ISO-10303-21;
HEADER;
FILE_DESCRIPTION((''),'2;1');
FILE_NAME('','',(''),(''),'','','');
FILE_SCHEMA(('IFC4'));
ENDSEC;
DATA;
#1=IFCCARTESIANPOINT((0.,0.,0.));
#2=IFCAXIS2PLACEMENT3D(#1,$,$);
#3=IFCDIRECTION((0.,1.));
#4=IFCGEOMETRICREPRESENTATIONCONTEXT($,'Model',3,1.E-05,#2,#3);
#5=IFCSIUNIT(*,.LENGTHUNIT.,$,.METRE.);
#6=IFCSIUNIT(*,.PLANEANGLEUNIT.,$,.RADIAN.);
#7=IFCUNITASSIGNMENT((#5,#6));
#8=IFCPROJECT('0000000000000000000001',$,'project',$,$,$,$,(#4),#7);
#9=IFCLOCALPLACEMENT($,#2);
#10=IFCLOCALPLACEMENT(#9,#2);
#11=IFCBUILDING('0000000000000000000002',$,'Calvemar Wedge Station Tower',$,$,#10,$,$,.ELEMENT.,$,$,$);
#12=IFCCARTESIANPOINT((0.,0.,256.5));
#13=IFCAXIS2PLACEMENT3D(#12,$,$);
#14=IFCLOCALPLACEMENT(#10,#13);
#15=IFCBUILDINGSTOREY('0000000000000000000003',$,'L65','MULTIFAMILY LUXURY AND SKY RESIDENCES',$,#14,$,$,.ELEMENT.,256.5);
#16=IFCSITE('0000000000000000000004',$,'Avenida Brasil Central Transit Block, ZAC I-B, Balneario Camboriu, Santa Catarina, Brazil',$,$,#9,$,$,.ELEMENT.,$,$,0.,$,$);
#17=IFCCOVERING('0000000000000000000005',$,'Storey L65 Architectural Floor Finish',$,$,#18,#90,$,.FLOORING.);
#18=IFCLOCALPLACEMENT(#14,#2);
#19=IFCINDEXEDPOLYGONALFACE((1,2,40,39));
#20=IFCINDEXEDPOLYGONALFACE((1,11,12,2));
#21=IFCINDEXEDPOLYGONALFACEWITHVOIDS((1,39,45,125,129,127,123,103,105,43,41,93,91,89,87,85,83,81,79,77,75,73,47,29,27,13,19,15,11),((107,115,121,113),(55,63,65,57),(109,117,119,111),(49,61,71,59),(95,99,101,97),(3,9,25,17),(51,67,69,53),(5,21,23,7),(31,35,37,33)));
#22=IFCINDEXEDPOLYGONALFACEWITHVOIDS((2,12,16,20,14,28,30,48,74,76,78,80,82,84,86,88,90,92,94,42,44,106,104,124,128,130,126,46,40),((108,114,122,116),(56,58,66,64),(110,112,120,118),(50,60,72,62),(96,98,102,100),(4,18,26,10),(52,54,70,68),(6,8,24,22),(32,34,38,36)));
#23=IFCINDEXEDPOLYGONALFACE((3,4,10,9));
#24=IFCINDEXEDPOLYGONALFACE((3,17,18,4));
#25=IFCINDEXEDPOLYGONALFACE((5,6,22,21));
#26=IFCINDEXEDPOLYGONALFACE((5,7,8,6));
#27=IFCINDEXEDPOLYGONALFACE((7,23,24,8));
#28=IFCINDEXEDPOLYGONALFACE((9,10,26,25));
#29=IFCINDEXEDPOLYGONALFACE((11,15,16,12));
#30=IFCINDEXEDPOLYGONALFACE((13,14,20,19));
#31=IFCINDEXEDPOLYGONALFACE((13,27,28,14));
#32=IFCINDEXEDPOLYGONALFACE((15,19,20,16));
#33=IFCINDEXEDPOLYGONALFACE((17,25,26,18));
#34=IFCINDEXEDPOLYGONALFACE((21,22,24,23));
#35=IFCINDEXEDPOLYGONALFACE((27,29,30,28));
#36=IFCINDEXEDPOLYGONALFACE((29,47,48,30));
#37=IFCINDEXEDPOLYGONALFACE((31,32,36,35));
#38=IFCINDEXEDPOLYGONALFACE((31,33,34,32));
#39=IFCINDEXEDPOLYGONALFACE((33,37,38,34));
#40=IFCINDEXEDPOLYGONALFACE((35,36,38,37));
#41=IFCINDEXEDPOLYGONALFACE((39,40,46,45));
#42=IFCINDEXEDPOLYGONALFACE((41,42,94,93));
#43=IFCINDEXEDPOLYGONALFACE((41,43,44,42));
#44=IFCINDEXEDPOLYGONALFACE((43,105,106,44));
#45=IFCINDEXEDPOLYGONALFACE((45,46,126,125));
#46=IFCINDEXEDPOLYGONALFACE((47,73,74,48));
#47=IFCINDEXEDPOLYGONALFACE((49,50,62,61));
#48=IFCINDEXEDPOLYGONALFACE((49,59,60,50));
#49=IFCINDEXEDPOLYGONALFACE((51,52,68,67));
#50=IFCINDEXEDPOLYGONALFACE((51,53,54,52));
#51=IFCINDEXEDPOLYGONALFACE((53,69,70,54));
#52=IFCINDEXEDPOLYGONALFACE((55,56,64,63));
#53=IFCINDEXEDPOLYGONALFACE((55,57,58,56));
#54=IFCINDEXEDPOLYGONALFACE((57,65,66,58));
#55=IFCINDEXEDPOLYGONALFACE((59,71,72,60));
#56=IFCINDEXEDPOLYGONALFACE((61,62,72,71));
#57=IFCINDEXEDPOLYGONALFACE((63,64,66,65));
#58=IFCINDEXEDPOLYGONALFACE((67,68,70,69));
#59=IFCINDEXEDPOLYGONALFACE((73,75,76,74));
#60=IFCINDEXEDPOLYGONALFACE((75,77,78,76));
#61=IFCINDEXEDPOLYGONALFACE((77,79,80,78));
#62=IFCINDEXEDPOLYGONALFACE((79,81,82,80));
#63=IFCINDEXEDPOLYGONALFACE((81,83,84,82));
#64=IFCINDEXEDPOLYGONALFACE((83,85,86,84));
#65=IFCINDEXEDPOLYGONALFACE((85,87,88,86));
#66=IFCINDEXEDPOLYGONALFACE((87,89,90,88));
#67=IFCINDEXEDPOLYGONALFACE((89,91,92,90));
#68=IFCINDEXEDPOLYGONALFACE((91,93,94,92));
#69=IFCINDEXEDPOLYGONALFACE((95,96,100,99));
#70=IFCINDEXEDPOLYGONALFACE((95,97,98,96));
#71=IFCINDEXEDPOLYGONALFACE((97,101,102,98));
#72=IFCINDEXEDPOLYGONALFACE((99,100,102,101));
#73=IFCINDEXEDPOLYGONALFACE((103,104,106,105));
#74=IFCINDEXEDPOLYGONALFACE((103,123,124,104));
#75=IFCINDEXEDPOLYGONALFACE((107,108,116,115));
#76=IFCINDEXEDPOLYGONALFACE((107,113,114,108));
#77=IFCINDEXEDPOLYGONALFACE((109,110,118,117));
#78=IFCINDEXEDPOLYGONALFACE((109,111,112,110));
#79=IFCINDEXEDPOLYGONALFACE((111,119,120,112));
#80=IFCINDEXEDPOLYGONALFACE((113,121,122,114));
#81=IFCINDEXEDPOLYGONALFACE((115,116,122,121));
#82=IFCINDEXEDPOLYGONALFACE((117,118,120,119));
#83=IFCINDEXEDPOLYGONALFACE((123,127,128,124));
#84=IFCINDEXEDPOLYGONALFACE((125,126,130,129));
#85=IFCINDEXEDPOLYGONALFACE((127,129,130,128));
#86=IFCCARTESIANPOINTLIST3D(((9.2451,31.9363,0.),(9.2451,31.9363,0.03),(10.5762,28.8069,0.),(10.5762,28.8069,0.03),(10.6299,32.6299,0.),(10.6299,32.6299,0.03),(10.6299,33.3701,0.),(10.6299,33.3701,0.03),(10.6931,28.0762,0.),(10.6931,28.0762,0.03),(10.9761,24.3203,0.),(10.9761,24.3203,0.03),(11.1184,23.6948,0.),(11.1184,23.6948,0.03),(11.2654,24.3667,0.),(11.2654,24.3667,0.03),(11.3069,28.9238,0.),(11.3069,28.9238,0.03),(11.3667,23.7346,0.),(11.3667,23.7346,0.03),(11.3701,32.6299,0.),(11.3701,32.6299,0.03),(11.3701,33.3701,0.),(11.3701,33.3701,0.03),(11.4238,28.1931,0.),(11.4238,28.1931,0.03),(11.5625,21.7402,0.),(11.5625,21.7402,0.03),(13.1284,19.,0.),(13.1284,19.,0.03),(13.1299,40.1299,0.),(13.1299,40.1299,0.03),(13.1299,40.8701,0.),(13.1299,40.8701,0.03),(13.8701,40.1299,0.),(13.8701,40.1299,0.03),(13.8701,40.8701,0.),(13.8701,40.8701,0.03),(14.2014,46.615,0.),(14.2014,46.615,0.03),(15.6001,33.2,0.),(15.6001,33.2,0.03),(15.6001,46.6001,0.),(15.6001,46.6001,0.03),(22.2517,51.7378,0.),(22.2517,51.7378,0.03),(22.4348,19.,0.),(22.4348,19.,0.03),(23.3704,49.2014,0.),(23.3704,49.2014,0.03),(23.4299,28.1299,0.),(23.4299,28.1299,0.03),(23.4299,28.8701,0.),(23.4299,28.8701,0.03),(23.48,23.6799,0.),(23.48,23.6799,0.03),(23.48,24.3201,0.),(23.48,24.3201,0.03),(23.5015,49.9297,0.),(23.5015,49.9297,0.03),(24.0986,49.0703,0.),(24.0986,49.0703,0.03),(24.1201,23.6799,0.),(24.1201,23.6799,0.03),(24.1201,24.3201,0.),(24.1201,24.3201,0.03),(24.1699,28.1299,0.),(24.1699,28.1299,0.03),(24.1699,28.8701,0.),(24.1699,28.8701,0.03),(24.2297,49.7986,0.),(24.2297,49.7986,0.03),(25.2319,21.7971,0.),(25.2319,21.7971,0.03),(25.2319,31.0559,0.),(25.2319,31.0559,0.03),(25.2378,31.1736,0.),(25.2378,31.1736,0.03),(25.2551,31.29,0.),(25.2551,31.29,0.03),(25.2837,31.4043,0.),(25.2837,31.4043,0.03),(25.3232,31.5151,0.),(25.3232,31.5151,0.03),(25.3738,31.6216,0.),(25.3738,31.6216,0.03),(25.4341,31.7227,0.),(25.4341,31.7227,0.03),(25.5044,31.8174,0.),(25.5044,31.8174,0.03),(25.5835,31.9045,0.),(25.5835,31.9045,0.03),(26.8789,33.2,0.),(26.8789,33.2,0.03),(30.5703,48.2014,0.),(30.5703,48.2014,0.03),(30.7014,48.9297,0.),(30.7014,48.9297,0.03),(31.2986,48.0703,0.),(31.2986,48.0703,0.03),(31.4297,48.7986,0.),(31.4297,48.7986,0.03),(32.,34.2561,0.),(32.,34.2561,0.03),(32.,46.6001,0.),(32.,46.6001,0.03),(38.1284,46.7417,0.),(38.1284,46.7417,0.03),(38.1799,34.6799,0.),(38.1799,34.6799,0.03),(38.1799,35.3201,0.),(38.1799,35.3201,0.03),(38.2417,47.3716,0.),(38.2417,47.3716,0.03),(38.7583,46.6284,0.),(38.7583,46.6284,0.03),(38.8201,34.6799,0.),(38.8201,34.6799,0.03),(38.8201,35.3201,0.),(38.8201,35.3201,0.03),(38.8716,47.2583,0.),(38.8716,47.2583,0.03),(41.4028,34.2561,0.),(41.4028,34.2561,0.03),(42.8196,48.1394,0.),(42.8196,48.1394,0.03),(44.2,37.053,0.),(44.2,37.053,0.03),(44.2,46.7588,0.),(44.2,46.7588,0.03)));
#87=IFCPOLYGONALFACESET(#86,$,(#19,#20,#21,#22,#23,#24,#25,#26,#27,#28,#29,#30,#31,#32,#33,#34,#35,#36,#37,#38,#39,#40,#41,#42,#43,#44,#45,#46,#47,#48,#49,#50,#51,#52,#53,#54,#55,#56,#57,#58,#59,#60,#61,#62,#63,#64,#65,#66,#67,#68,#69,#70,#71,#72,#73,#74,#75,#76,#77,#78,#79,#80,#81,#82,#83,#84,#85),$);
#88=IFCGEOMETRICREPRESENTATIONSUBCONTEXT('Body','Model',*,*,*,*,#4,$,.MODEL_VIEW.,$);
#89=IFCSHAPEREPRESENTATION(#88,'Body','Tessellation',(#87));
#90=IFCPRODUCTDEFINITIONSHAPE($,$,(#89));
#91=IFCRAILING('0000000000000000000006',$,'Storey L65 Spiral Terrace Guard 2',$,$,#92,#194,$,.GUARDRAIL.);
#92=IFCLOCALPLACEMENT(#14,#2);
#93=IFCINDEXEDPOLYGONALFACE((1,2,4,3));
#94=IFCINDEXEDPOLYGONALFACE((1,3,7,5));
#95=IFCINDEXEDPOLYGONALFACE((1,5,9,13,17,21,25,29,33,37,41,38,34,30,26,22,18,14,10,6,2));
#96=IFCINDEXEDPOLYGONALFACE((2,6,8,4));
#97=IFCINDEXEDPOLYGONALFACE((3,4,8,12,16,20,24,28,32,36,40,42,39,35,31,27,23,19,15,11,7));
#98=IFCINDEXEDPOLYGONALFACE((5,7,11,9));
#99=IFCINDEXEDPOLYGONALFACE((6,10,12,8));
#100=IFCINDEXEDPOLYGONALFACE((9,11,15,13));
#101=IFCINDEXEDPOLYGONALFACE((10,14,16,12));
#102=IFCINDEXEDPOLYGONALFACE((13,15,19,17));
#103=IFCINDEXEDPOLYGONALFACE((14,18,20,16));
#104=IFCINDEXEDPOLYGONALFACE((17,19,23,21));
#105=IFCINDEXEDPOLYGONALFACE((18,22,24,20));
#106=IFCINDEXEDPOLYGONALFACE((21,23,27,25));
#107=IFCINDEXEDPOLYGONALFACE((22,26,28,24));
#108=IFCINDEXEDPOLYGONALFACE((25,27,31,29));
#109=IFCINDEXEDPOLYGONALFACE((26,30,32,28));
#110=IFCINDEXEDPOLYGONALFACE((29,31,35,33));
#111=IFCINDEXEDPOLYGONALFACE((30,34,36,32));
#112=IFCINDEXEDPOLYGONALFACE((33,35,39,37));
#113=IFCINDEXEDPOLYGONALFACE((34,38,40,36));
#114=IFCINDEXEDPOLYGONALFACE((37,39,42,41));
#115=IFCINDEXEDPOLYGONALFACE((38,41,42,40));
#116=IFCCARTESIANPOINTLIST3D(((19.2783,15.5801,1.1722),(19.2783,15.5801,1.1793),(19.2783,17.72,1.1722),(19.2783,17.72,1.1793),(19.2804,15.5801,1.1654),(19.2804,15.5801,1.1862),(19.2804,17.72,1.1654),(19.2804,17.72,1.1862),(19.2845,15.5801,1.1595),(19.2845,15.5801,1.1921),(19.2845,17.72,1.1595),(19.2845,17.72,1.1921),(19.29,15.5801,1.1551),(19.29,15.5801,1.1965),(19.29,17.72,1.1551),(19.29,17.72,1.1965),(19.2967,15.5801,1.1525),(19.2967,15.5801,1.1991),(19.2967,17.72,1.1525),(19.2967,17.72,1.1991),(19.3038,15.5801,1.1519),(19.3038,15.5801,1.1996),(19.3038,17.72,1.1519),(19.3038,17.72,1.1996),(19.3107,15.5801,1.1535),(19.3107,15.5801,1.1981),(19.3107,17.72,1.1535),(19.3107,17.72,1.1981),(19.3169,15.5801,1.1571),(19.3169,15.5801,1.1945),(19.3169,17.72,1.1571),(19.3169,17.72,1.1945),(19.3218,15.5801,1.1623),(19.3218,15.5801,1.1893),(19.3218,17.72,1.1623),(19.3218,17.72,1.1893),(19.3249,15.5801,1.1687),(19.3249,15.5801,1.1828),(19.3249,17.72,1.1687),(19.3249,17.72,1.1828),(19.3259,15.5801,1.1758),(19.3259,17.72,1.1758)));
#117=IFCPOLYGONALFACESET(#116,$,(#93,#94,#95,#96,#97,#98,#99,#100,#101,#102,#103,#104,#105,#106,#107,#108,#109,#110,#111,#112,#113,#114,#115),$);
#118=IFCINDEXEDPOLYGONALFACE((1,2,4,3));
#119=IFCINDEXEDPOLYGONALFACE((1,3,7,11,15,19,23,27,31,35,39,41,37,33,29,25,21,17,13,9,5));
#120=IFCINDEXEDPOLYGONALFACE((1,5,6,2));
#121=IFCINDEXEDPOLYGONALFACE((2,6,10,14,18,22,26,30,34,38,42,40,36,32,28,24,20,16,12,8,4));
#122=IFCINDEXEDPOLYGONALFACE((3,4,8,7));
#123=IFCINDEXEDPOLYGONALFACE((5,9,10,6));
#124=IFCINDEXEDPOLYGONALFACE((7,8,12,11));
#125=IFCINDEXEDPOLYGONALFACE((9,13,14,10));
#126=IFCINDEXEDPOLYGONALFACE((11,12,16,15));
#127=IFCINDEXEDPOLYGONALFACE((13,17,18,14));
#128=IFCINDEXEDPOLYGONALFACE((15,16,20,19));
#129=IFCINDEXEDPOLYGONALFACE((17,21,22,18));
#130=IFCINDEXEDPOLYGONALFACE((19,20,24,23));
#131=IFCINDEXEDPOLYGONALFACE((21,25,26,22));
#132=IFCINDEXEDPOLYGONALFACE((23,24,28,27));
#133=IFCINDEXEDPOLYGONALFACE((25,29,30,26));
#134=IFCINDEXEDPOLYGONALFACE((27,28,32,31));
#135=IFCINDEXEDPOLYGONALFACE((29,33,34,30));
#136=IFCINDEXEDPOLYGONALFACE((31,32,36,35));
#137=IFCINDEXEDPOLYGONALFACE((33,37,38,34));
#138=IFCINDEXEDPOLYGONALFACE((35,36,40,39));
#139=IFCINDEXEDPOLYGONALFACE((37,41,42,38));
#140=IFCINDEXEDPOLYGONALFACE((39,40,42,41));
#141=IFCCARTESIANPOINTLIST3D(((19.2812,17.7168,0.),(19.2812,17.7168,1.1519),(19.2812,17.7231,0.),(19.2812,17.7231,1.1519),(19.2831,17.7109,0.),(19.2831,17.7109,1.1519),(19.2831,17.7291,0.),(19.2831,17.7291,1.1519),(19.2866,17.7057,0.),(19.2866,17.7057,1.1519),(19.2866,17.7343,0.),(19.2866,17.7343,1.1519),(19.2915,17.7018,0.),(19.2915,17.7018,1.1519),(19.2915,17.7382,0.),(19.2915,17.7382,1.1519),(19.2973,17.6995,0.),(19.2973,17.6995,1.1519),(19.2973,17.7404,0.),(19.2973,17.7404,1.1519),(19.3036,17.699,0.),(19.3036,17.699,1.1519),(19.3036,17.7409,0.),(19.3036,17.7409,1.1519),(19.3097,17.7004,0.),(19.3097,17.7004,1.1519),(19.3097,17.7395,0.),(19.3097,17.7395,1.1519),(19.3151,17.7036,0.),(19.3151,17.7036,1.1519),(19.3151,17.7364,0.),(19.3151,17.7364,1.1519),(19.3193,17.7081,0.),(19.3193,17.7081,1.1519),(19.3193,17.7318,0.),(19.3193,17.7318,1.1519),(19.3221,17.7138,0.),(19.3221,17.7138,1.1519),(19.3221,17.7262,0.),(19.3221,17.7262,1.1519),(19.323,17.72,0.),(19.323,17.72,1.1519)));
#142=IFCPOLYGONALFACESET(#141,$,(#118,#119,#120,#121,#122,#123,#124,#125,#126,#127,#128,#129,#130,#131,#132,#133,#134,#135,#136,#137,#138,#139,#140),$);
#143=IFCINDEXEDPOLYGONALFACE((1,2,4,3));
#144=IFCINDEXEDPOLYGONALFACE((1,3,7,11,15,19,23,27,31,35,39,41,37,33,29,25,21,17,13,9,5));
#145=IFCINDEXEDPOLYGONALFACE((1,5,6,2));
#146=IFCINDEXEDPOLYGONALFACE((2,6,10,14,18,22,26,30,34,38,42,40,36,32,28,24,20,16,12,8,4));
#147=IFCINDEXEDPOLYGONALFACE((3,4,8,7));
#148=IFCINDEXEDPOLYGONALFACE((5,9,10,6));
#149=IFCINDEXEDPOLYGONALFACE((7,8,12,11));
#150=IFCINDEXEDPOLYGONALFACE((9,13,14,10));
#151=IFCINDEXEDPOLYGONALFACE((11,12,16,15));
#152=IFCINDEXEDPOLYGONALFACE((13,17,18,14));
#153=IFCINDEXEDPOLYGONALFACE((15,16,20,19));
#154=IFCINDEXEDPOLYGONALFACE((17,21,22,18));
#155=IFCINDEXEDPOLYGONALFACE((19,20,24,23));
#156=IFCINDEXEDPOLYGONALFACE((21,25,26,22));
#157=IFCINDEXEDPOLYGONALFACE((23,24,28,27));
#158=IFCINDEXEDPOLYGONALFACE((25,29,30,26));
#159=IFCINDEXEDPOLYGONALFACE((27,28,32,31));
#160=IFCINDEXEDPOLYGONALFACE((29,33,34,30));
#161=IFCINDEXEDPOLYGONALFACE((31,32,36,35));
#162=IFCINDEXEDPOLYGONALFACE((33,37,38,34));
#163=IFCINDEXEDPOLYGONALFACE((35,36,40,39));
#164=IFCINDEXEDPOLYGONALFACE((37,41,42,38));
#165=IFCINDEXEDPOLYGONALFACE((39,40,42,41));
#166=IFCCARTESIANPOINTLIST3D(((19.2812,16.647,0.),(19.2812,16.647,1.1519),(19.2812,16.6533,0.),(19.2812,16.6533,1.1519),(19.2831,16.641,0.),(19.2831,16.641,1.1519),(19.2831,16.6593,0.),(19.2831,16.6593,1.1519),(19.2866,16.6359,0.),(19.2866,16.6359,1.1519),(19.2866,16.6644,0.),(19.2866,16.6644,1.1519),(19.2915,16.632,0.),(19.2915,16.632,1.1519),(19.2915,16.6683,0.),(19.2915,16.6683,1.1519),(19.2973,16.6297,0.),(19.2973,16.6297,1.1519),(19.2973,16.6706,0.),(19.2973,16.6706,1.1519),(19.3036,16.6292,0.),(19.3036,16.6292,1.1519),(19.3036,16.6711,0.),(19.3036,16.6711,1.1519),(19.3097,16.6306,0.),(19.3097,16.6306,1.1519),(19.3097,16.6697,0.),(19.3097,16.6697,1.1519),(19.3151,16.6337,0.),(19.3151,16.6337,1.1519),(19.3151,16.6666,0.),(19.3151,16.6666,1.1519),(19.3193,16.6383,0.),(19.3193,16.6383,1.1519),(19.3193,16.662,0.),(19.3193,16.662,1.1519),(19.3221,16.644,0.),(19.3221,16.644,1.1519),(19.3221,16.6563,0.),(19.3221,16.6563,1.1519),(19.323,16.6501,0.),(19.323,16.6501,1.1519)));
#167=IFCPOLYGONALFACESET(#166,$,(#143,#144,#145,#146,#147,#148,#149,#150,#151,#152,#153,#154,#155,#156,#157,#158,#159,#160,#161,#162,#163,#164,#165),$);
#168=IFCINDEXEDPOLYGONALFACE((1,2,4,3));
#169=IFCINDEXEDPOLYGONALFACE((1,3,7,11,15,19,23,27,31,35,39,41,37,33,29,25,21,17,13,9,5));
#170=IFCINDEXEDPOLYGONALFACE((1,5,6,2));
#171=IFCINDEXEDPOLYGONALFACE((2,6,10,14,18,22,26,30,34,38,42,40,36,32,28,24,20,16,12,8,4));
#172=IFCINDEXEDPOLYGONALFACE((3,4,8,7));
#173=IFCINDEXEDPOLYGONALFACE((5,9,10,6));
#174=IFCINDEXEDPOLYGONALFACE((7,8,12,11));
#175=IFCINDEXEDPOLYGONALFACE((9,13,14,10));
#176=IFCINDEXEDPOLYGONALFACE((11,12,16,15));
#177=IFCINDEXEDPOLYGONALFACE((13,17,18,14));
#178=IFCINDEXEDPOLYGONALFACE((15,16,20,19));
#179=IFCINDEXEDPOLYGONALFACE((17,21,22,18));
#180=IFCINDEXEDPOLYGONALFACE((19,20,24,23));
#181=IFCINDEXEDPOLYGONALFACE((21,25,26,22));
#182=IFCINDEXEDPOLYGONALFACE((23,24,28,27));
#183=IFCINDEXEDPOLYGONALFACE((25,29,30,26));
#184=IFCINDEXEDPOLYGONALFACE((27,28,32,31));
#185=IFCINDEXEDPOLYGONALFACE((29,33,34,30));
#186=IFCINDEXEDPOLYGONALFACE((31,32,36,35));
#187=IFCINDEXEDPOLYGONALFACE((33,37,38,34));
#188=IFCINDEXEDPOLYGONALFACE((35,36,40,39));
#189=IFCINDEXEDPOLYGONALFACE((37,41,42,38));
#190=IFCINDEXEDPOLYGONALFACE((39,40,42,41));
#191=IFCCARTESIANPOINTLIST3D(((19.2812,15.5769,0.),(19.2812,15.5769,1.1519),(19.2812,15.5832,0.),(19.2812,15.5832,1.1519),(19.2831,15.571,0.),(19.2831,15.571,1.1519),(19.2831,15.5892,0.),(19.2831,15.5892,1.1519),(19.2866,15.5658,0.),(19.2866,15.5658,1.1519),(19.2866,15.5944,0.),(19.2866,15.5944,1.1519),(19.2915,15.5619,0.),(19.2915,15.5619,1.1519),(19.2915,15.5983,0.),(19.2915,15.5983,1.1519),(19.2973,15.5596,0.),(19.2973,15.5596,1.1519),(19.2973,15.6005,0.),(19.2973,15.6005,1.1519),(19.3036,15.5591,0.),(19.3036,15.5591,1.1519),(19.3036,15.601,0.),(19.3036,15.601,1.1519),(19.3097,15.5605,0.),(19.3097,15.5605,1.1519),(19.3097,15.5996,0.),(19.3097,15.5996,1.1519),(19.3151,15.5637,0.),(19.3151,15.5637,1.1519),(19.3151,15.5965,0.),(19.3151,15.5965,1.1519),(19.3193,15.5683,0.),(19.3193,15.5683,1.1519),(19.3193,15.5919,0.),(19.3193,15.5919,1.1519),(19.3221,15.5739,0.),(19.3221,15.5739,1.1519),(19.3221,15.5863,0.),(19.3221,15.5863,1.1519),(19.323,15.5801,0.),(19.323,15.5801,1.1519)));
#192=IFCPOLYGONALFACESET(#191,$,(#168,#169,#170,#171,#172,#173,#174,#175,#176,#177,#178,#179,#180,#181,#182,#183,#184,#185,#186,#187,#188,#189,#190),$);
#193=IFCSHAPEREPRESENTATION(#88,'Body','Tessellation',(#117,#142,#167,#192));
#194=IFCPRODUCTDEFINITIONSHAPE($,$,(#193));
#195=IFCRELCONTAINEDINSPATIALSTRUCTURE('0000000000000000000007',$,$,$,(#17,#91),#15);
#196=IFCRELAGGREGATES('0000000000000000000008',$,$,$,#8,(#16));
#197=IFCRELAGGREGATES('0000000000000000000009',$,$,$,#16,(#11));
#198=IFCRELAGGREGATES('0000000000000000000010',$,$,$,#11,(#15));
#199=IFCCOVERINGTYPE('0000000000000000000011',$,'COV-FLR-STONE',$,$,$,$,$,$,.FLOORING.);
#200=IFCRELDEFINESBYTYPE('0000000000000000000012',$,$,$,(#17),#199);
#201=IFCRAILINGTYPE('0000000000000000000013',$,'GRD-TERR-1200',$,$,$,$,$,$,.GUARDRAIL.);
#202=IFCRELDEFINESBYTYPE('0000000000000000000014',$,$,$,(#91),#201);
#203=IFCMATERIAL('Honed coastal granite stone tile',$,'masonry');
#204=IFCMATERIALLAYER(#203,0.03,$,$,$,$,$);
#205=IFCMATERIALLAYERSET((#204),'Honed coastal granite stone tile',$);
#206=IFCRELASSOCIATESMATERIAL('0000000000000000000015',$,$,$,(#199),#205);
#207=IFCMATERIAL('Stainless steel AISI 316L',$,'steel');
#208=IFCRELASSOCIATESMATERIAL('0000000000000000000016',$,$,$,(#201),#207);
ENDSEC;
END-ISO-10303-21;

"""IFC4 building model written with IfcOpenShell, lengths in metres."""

from ifc_helpers import new_model, si_unit, direction, frame, origin, origin_2d, place, context, subcontext, project, spatial, polyline, circle, outline, extrude, material, layer, layer_set, type_object, element, save


model = new_model("IFC4")

# Units and contexts
model_context = context("Model", 3, precision=1e-05, world=origin(), true_north=direction((0.0, 1.0)))
body_context = subcontext(model_context, "Body", "Model", "MODEL_VIEW")
ifc_project = project(units=[si_unit("LENGTHUNIT", "METRE"), si_unit("PLANEANGLEUNIT", "RADIAN")], contexts=[model_context])

# Site, building, storey
site_placement = place(None, origin())
site = spatial("IfcSite", under=ifc_project, at=site_placement, Name="Avenida Brasil Central Transit Block, ZAC I-B, Balneario Camboriu, Santa Catarina, Brazil", CompositionType="ELEMENT", RefElevation=0.0)
building_placement = place(site_placement, origin())
building = spatial("IfcBuilding", under=site, at=building_placement, Name="Calvemar Wedge Station Tower", CompositionType="ELEMENT")
storey_placement = place(building_placement, frame((0.0, 0.0, 256.5)))
storey = spatial("IfcBuildingStorey", under=building, at=storey_placement, Name="L65", Description="MULTIFAMILY LUXURY AND SKY RESIDENCES", CompositionType="ELEMENT", Elevation=256.5)

# Covering
ifc_material_1 = material(Name="Honed coastal granite stone tile", Category="masonry")
ifc_layer_1 = layer(ifc_material_1, 0.03)
ifc_layer_set_1 = layer_set([ifc_layer_1], Name="Honed coastal granite stone tile")
covering_type_1 = type_object("IfcCoveringType", Name="COV-FLR-STONE", PredefinedType="FLOORING", material=ifc_layer_set_1)
covering_1_placement = place(storey_placement, origin())
element("IfcCovering", 1, at=covering_1_placement, inside=storey, type_object=covering_type_1, Name="Storey L65 Architectural Floor Finish", PredefinedType="FLOORING", context=body_context, shape_type="SweptSolid", body=[
    extrude(outline(polyline([(15.6001, 33.2), (15.6001, 46.6001), (32.0, 46.6001), (32.0, 34.2561), (41.4028, 34.2561), (44.2, 37.053), (44.2, 46.7588), (42.8196, 48.1394), (22.2517, 51.7378), (14.2014, 46.615), (9.2451, 31.9363), (10.9761, 24.3203), (11.2654, 24.3667), (11.3667, 23.7346), (11.1184, 23.6948), (11.5625, 21.7402), (13.1284, 19.0), (22.4348, 19.0), (25.2319, 21.7971), (25.2319, 31.0559), (25.2378, 31.1736), (25.2551, 31.29), (25.2837, 31.4043), (25.3232, 31.5151), (25.3738, 31.6216), (25.4341, 31.7227), (25.5044, 31.8174), (25.5835, 31.9045), (26.8789, 33.2), (15.6001, 33.2)]), holes=[polyline([(11.3701, 33.3701), (11.3701, 32.6299), (10.6299, 32.6299), (10.6299, 33.3701), (11.3701, 33.3701)]), polyline([(13.8701, 40.1299), (13.1299, 40.1299), (13.1299, 40.8701), (13.8701, 40.8701), (13.8701, 40.1299)]), polyline([(23.3704, 49.2014), (23.5015, 49.9297), (24.2297, 49.7986), (24.0986, 49.0703), (23.3704, 49.2014)]), polyline([(30.7014, 48.9297), (31.4297, 48.7986), (31.2986, 48.0703), (30.5703, 48.2014), (30.7014, 48.9297)]), polyline([(38.8716, 47.2583), (38.7583, 46.6284), (38.1284, 46.7417), (38.2417, 47.3716), (38.8716, 47.2583)]), polyline([(38.8201, 34.6799), (38.1799, 34.6799), (38.1799, 35.3201), (38.8201, 35.3201), (38.8201, 34.6799)]), polyline([(10.5762, 28.8069), (11.3069, 28.9238), (11.4238, 28.1931), (10.6931, 28.0762), (10.5762, 28.8069)]), polyline([(24.1699, 28.8701), (24.1699, 28.1299), (23.4299, 28.1299), (23.4299, 28.8701), (24.1699, 28.8701)]), polyline([(24.1201, 23.6799), (23.48, 23.6799), (23.48, 24.3201), (24.1201, 24.3201), (24.1201, 23.6799)])]), origin(), (0.0, 0.0, 1.0), 0.03),
])

# Railing
ifc_material_2 = material(Name="Stainless steel AISI 316L", Category="steel")
railing_type = type_object("IfcRailingType", Name="GRD-TERR-1200", PredefinedType="GUARDRAIL", material=ifc_material_2)
railing_1_placement = place(storey_placement, frame((19.302, 17.72, 0.0)))
element("IfcRailing", 2, at=railing_1_placement, inside=storey, type_object=railing_type, Name="Storey L65 Spiral Terrace Guard 2", PredefinedType="GUARDRAIL", context=body_context, shape_type="SweptSolid", body=[
    extrude(circle(Radius=0.0239, at=origin_2d()), frame((0.0, 0.0, 1.1758), z_axis=(0.0, -1.0, 0.0), x_axis=(1.0, 0.0, 0.0)), (0.0, 0.0, 1.0), 2.1399),
    extrude(circle(Radius=0.021, at=origin_2d()), origin(), (0.0, 0.0, 1.0), 1.1519),
    extrude(circle(Radius=0.021, at=origin_2d()), frame((0.0, -1.0698, 0.0)), (0.0, 0.0, 1.0), 1.1519),
    extrude(circle(Radius=0.021, at=origin_2d()), frame((0.0, -2.1399, 0.0)), (0.0, 0.0, 1.0), 1.1519),
])

save(model, "model.ifc")
